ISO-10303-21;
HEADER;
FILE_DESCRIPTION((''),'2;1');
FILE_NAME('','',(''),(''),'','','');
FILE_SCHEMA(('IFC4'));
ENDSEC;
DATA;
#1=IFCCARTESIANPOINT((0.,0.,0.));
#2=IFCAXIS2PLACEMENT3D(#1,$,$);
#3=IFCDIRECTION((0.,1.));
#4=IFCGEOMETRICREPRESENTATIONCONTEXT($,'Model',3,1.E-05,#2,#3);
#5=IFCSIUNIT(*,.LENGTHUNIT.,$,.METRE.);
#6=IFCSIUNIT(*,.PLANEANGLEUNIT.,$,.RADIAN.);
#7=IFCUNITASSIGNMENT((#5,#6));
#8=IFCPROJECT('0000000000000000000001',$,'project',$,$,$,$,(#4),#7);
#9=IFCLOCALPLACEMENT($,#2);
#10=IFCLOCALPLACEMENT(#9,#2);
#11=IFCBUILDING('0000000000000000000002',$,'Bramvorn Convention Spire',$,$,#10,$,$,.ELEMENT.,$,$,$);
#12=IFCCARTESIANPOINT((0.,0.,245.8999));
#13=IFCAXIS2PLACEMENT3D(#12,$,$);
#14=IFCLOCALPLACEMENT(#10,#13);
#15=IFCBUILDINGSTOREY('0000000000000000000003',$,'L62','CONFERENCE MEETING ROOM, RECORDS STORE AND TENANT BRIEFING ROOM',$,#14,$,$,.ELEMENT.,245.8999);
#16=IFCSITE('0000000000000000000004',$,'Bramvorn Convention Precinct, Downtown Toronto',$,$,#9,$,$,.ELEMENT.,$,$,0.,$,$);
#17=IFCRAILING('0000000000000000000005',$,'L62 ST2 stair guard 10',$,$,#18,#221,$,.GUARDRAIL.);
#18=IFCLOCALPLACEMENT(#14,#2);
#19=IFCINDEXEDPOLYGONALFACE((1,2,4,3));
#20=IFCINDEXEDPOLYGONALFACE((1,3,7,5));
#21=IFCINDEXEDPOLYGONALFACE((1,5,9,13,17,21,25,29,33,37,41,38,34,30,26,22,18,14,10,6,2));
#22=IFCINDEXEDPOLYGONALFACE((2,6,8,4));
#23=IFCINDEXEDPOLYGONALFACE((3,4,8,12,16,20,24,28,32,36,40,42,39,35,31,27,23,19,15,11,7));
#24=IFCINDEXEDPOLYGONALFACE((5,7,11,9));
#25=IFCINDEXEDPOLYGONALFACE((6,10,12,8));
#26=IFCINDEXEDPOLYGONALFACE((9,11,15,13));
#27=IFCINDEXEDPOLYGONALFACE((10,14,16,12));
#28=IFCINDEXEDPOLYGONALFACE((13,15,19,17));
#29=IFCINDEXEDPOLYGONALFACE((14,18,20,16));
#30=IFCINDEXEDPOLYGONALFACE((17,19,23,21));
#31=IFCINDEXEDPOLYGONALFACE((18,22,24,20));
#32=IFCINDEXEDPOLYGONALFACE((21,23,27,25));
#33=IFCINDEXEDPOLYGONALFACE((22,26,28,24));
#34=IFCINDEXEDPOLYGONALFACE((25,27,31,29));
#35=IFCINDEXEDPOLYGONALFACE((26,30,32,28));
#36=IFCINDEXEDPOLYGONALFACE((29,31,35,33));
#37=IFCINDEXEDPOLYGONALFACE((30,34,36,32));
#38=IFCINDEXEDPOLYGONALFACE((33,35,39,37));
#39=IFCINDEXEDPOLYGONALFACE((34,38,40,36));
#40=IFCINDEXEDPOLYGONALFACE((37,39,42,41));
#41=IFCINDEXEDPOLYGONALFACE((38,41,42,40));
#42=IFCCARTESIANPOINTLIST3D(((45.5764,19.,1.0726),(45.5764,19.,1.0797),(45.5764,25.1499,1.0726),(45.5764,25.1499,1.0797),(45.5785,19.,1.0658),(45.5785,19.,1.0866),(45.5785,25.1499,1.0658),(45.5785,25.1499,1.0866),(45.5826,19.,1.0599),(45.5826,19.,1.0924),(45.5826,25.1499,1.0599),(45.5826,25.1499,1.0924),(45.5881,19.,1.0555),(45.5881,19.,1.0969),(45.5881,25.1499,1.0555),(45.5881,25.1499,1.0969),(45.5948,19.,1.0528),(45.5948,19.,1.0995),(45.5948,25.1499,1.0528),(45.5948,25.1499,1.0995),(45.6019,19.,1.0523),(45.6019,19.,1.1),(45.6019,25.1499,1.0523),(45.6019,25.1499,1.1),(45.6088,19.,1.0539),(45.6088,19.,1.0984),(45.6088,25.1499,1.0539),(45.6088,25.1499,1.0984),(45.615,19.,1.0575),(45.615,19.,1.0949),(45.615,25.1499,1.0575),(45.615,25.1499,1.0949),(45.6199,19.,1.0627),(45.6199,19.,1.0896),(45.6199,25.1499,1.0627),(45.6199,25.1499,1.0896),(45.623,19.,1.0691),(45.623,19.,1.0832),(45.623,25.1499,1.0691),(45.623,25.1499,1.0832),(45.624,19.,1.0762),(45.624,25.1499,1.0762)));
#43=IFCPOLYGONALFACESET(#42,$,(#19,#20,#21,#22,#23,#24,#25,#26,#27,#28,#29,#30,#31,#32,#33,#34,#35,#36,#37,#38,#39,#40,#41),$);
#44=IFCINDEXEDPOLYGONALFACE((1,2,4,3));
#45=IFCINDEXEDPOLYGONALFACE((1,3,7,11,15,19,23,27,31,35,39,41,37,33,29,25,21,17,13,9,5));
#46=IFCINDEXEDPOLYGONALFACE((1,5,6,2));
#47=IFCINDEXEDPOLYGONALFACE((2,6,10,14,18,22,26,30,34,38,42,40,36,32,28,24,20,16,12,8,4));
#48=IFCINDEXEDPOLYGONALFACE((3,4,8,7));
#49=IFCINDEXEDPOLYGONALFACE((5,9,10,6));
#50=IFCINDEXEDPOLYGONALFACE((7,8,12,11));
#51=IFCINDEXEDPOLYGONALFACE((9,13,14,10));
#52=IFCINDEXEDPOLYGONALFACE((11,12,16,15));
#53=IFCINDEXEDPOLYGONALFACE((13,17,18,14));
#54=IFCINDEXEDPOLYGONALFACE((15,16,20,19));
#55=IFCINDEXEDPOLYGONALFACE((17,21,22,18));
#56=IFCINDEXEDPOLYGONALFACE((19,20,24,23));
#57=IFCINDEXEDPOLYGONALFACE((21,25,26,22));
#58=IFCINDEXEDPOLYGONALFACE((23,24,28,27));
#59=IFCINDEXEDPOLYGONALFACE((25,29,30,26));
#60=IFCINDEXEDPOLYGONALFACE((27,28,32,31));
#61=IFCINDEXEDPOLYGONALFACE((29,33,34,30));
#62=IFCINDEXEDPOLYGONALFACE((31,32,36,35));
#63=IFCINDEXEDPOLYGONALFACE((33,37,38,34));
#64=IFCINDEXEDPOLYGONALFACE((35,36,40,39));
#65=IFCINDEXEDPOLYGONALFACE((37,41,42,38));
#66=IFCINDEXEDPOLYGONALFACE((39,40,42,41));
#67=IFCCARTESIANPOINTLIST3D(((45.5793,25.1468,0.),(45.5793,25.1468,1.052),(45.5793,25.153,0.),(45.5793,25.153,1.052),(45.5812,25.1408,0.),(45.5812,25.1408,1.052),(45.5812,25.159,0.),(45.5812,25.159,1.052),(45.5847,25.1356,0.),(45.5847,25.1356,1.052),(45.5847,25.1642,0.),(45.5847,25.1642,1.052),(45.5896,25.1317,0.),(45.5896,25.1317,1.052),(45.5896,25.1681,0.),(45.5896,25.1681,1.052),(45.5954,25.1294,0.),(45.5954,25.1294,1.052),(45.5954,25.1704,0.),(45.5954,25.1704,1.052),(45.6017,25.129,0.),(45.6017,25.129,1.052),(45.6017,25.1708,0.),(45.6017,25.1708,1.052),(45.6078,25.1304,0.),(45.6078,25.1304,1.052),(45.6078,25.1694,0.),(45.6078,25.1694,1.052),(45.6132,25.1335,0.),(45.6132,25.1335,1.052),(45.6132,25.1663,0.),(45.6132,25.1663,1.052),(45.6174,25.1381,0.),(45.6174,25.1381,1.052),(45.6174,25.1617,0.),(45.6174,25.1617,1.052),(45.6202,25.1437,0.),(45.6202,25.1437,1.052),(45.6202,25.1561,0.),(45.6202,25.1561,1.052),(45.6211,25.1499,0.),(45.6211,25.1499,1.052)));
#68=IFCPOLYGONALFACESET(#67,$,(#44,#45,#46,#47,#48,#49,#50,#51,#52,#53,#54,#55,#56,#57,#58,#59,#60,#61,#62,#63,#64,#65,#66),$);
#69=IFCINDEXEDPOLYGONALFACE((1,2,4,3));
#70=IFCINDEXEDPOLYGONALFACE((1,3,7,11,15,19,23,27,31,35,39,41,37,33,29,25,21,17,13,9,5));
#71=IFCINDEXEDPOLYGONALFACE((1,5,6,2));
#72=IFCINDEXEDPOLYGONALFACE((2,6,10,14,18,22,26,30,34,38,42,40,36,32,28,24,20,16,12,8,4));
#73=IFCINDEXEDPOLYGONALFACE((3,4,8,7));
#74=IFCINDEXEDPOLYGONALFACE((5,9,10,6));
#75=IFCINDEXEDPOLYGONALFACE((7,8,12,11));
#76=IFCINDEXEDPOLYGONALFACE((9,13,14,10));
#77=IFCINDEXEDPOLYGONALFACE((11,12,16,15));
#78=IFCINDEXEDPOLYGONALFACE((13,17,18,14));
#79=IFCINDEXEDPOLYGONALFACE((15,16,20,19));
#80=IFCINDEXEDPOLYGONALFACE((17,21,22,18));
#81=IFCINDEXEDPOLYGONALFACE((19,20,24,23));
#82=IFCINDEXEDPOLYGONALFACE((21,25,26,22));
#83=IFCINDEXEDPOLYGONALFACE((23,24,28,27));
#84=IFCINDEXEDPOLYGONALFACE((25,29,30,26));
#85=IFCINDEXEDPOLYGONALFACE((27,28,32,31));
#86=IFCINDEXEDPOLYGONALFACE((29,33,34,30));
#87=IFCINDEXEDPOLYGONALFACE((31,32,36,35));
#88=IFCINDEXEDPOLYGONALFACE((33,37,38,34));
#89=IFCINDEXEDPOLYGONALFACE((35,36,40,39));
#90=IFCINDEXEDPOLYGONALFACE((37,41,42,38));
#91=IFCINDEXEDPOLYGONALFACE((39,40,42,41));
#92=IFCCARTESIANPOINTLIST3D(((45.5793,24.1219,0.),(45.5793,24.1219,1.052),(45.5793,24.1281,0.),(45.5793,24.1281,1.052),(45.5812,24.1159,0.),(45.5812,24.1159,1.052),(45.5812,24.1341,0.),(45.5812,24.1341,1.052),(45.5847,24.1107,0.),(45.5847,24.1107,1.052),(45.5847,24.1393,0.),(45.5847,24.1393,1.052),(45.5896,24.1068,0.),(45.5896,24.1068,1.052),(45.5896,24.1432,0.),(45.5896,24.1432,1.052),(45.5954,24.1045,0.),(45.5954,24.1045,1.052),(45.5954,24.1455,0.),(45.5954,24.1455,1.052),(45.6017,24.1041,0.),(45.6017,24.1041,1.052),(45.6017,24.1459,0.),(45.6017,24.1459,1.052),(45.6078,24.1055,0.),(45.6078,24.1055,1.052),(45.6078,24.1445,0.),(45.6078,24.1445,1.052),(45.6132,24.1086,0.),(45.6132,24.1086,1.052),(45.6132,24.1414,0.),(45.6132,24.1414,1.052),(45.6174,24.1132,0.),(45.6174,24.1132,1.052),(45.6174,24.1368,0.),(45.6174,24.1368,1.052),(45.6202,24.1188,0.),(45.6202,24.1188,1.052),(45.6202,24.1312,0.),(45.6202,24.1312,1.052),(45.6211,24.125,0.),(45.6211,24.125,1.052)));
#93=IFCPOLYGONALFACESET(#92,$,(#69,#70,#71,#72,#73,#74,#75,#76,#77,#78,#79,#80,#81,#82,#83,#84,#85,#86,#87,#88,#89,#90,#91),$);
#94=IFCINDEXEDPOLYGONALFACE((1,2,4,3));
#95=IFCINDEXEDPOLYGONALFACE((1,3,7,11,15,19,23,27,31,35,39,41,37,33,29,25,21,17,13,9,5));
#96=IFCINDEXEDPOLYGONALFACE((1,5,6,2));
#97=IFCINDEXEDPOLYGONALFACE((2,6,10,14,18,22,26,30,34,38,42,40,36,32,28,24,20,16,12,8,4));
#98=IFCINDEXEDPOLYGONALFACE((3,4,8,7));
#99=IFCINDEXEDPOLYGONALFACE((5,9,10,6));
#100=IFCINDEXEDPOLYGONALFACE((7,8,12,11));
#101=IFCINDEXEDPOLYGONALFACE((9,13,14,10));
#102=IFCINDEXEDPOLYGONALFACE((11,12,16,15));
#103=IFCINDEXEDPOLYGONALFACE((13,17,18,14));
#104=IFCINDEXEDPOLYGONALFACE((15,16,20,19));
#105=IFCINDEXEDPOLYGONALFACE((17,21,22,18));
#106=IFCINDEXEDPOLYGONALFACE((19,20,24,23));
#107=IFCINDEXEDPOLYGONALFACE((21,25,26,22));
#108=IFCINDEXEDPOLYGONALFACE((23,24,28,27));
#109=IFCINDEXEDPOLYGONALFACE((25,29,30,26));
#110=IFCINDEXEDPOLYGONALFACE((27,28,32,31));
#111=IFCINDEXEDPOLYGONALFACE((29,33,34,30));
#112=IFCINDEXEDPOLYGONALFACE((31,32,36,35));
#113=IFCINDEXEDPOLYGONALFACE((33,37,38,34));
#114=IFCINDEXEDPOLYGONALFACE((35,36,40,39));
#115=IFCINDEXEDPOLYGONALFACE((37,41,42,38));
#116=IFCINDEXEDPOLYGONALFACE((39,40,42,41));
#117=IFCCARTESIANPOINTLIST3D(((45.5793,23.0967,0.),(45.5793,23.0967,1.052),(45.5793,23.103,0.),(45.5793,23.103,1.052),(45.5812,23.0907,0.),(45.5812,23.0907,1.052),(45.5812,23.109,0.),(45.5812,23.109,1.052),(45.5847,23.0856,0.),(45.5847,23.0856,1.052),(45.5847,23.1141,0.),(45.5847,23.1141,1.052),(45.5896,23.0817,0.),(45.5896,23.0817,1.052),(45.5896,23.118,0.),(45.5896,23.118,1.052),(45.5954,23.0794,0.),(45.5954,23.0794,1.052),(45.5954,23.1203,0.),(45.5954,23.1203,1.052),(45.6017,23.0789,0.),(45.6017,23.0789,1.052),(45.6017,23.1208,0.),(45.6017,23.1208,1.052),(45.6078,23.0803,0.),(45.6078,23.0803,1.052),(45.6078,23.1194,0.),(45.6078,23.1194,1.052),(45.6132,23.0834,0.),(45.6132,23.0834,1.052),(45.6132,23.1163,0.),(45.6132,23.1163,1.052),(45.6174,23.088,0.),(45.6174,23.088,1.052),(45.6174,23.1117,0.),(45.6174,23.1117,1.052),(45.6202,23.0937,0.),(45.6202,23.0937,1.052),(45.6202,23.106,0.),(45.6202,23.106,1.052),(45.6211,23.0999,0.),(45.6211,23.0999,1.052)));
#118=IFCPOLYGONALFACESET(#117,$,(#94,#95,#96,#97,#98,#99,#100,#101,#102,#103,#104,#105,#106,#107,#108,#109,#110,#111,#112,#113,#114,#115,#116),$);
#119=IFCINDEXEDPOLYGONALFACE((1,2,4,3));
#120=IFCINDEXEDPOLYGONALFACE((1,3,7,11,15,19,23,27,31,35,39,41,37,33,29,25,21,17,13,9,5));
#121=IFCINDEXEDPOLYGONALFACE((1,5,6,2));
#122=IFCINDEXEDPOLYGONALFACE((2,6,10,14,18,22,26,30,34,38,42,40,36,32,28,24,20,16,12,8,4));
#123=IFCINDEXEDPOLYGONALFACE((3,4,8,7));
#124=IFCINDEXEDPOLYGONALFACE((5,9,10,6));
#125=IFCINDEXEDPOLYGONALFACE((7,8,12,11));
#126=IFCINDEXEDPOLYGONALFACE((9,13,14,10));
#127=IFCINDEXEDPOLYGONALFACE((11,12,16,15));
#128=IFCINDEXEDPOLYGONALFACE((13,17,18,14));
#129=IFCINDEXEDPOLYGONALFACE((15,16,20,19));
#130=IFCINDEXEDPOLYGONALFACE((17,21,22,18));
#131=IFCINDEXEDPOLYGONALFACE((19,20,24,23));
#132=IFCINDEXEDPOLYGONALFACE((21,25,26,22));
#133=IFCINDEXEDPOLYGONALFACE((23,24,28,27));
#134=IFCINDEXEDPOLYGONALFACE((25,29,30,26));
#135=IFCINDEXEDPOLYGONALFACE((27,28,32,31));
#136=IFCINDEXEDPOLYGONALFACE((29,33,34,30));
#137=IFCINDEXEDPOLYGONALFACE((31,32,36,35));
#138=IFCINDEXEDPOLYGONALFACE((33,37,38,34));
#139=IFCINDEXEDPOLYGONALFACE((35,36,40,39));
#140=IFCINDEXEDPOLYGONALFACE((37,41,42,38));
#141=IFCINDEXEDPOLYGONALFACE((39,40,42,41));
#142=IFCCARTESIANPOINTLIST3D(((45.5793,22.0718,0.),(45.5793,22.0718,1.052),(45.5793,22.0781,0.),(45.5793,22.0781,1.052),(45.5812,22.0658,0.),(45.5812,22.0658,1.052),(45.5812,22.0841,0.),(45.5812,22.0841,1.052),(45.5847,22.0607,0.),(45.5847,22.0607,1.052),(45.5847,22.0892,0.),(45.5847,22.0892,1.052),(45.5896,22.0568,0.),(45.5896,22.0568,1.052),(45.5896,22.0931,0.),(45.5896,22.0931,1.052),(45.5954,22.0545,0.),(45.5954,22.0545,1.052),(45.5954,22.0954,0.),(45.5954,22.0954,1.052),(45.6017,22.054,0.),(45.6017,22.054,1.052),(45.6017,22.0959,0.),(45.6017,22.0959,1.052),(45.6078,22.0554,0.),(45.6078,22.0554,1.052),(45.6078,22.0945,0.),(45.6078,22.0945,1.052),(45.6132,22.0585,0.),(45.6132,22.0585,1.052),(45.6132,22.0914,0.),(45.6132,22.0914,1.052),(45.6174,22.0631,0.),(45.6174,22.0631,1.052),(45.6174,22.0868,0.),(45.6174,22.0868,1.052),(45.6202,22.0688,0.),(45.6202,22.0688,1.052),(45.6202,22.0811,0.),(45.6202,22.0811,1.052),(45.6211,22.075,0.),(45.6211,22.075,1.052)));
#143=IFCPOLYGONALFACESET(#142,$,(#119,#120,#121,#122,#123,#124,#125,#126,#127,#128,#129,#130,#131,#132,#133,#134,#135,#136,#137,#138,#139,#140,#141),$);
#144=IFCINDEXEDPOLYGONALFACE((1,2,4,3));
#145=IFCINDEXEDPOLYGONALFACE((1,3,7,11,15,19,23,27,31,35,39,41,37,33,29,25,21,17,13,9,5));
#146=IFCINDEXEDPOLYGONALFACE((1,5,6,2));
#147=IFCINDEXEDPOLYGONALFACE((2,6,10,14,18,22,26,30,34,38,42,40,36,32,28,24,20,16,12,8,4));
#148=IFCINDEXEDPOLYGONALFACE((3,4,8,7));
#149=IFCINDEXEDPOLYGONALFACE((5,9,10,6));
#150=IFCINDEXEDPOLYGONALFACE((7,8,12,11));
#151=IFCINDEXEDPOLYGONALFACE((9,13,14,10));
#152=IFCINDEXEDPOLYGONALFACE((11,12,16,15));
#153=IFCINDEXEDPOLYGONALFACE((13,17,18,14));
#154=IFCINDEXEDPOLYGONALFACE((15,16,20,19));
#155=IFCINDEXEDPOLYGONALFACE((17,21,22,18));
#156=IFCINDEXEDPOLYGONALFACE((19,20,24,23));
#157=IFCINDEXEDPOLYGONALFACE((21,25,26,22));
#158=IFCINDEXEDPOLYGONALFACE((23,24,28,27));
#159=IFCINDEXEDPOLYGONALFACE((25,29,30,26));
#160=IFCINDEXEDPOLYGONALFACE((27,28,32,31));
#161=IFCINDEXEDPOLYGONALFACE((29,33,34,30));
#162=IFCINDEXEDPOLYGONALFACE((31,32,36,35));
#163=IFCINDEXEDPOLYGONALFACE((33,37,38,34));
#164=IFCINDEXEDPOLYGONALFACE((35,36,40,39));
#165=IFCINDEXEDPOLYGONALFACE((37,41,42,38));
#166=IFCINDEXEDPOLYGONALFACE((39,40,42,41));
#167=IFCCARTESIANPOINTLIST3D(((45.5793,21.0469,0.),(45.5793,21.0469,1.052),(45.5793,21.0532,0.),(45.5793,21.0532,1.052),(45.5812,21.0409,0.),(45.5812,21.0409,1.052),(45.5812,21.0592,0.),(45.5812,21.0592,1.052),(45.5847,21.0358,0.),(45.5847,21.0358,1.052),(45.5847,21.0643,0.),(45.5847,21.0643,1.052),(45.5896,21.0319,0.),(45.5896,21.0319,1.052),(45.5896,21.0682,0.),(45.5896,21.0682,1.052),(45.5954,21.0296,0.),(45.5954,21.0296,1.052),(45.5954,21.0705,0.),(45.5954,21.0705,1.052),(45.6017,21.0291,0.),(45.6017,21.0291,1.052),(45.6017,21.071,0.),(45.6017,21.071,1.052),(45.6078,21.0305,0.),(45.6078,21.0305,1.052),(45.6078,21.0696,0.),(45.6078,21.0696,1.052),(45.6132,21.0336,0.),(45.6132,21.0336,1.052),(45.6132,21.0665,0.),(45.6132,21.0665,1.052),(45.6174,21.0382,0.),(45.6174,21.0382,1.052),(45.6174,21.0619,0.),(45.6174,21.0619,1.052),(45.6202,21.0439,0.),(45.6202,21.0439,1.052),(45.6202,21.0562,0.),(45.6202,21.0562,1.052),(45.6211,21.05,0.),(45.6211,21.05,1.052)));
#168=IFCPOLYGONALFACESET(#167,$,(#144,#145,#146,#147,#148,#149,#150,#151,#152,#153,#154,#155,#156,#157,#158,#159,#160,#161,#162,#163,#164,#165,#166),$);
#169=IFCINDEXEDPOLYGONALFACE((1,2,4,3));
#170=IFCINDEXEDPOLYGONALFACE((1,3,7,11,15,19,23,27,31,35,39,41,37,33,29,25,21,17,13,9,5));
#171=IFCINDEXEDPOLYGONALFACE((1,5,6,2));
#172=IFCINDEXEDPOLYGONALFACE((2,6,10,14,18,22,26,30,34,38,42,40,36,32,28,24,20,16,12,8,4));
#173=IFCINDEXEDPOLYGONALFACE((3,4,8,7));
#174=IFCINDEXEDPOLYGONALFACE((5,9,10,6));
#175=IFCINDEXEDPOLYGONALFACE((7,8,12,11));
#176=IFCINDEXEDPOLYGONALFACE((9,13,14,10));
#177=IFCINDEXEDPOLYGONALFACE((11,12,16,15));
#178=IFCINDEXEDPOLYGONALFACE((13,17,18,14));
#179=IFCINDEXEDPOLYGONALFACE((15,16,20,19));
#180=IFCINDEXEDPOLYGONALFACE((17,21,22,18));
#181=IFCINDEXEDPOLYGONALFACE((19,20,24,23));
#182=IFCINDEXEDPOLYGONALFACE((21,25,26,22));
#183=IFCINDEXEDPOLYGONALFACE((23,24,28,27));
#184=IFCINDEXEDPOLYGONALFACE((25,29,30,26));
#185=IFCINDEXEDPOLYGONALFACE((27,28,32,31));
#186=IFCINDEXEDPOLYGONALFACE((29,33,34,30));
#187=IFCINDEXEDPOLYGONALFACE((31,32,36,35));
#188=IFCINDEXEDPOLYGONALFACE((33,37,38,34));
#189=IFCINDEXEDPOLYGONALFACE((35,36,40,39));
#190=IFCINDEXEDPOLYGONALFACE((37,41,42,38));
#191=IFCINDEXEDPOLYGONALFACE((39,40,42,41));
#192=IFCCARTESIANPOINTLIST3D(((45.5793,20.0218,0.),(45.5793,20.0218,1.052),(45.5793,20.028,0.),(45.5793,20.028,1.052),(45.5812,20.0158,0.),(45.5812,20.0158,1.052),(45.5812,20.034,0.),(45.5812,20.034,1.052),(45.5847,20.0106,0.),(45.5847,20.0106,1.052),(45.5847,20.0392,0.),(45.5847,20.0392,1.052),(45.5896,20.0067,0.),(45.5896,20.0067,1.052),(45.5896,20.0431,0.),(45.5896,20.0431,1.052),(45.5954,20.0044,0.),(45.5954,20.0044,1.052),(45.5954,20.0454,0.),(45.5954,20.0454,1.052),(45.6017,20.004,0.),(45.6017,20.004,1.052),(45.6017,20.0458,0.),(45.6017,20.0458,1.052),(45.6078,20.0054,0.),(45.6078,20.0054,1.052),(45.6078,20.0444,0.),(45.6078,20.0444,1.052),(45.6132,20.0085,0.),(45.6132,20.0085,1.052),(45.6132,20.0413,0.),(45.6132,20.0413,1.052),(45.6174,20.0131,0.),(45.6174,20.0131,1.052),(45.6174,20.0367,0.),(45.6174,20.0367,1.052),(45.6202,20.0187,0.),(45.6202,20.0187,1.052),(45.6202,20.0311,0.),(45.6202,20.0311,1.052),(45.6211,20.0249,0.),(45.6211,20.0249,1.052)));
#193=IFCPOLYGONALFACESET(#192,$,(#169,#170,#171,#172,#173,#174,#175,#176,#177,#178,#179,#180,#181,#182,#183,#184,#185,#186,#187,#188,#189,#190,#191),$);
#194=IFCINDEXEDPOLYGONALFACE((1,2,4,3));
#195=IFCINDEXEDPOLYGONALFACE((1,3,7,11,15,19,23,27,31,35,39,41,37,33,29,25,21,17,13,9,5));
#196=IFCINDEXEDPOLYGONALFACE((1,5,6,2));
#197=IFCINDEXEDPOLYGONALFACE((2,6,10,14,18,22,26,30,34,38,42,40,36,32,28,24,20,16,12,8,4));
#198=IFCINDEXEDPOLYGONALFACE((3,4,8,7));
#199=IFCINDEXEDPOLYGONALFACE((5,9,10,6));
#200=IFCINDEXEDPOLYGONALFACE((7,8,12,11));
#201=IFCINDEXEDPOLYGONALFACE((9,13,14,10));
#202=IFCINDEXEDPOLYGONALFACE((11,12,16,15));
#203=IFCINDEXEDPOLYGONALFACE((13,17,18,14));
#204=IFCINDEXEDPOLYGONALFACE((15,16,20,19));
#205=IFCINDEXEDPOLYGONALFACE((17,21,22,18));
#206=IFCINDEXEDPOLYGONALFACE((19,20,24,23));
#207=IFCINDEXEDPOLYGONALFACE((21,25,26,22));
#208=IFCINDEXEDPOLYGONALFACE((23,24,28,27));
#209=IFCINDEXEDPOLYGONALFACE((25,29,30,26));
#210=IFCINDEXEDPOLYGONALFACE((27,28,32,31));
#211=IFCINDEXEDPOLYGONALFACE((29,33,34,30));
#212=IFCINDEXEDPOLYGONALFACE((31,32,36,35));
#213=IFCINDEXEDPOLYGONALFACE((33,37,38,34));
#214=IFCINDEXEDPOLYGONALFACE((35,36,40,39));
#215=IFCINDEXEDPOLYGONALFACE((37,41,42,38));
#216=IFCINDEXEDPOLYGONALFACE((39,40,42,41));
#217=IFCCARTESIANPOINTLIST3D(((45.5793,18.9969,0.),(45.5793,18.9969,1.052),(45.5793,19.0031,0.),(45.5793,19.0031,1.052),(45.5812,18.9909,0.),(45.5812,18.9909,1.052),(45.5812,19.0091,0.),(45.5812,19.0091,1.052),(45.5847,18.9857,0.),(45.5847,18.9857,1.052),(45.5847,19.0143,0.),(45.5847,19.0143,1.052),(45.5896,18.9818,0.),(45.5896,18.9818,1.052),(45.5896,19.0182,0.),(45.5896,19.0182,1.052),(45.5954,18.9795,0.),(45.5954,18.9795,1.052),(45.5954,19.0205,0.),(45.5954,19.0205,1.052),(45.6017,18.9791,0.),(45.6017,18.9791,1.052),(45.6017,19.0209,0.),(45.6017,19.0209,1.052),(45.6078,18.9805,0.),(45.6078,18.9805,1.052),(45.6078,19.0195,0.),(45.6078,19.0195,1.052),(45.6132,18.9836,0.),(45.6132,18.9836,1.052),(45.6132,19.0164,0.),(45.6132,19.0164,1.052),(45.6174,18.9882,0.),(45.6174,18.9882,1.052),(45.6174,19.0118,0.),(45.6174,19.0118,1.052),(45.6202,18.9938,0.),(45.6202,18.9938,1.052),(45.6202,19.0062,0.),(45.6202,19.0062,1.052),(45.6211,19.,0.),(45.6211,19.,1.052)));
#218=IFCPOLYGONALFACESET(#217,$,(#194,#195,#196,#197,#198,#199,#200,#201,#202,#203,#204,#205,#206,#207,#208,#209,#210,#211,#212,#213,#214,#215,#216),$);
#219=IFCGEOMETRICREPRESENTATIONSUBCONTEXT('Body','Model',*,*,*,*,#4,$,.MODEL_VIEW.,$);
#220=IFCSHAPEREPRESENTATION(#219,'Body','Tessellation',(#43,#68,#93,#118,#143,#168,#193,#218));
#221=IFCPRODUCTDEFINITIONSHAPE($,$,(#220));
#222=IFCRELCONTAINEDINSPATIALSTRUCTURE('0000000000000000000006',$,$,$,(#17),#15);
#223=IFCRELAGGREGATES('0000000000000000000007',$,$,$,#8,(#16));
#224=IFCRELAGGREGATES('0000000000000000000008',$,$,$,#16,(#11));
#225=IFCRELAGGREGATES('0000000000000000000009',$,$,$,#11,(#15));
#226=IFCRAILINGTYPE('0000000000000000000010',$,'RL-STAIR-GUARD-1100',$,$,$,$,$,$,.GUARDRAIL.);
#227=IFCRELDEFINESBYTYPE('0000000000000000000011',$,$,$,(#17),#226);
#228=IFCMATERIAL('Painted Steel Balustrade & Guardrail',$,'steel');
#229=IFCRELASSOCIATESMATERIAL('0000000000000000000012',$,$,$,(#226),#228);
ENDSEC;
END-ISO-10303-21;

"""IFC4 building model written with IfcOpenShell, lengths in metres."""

from ifc_helpers import new_model, si_unit, direction, frame, origin, origin_2d, place, context, subcontext, project, spatial, circle, extrude, material, type_object, element, save


model = new_model("IFC4")

# Units and contexts
model_context = context("Model", 3, precision=1e-05, world=origin(), true_north=direction((0.0, 1.0)))
body_context = subcontext(model_context, "Body", "Model", "MODEL_VIEW")
ifc_project = project(units=[si_unit("LENGTHUNIT", "METRE"), si_unit("PLANEANGLEUNIT", "RADIAN")], contexts=[model_context])

# Site, building, storey
site_placement = place(None, origin())
site = spatial("IfcSite", under=ifc_project, at=site_placement, Name="Bramvorn Convention Precinct, Downtown Toronto", CompositionType="ELEMENT", RefElevation=0.0)
building_placement = place(site_placement, origin())
building = spatial("IfcBuilding", under=site, at=building_placement, Name="Bramvorn Convention Spire", CompositionType="ELEMENT")
storey_placement = place(building_placement, frame((0.0, 0.0, 245.8999)))
storey = spatial("IfcBuildingStorey", under=building, at=storey_placement, Name="L62", Description="CONFERENCE MEETING ROOM, RECORDS STORE AND TENANT BRIEFING ROOM", CompositionType="ELEMENT", Elevation=245.8999)

# Railing
ifc_material_1 = material(Name="Painted Steel Balustrade & Guardrail", Category="steel")
railing_type_1 = type_object("IfcRailingType", Name="RL-STAIR-GUARD-1100", PredefinedType="GUARDRAIL", material=ifc_material_1)
railing_1_placement = place(storey_placement, frame((45.6001, 25.1499, 0.0)))
element("IfcRailing", 1, at=railing_1_placement, inside=storey, type_object=railing_type_1, Name="L62 ST2 stair guard 10", PredefinedType="GUARDRAIL", context=body_context, shape_type="SweptSolid", body=[
    extrude(circle(Radius=0.0239, at=origin_2d()), frame((0.0, 0.0, 1.0762), z_axis=(0.0, -1.0, 0.0), x_axis=(1.0, 0.0, 0.0)), (0.0, 0.0, 1.0), 6.1499),
    extrude(circle(Radius=0.021, at=origin_2d()), origin(), (0.0, 0.0, 1.0), 1.052),
    extrude(circle(Radius=0.021, at=origin_2d()), frame((0.0, -1.0249, 0.0)), (0.0, 0.0, 1.0), 1.052),
    extrude(circle(Radius=0.021, at=origin_2d()), frame((0.0, -2.05, 0.0)), (0.0, 0.0, 1.0), 1.052),
    extrude(circle(Radius=0.021, at=origin_2d()), frame((0.0, -3.075, 0.0)), (0.0, 0.0, 1.0), 1.052),
    extrude(circle(Radius=0.021, at=origin_2d()), frame((0.0, -4.0999, 0.0)), (0.0, 0.0, 1.0), 1.052),
    extrude(circle(Radius=0.021, at=origin_2d()), frame((0.0, -5.125, 0.0)), (0.0, 0.0, 1.0), 1.052),
    extrude(circle(Radius=0.021, at=origin_2d()), frame((0.0, -6.1499, 0.0)), (0.0, 0.0, 1.0), 1.052),
])

save(model, "model.ifc")
